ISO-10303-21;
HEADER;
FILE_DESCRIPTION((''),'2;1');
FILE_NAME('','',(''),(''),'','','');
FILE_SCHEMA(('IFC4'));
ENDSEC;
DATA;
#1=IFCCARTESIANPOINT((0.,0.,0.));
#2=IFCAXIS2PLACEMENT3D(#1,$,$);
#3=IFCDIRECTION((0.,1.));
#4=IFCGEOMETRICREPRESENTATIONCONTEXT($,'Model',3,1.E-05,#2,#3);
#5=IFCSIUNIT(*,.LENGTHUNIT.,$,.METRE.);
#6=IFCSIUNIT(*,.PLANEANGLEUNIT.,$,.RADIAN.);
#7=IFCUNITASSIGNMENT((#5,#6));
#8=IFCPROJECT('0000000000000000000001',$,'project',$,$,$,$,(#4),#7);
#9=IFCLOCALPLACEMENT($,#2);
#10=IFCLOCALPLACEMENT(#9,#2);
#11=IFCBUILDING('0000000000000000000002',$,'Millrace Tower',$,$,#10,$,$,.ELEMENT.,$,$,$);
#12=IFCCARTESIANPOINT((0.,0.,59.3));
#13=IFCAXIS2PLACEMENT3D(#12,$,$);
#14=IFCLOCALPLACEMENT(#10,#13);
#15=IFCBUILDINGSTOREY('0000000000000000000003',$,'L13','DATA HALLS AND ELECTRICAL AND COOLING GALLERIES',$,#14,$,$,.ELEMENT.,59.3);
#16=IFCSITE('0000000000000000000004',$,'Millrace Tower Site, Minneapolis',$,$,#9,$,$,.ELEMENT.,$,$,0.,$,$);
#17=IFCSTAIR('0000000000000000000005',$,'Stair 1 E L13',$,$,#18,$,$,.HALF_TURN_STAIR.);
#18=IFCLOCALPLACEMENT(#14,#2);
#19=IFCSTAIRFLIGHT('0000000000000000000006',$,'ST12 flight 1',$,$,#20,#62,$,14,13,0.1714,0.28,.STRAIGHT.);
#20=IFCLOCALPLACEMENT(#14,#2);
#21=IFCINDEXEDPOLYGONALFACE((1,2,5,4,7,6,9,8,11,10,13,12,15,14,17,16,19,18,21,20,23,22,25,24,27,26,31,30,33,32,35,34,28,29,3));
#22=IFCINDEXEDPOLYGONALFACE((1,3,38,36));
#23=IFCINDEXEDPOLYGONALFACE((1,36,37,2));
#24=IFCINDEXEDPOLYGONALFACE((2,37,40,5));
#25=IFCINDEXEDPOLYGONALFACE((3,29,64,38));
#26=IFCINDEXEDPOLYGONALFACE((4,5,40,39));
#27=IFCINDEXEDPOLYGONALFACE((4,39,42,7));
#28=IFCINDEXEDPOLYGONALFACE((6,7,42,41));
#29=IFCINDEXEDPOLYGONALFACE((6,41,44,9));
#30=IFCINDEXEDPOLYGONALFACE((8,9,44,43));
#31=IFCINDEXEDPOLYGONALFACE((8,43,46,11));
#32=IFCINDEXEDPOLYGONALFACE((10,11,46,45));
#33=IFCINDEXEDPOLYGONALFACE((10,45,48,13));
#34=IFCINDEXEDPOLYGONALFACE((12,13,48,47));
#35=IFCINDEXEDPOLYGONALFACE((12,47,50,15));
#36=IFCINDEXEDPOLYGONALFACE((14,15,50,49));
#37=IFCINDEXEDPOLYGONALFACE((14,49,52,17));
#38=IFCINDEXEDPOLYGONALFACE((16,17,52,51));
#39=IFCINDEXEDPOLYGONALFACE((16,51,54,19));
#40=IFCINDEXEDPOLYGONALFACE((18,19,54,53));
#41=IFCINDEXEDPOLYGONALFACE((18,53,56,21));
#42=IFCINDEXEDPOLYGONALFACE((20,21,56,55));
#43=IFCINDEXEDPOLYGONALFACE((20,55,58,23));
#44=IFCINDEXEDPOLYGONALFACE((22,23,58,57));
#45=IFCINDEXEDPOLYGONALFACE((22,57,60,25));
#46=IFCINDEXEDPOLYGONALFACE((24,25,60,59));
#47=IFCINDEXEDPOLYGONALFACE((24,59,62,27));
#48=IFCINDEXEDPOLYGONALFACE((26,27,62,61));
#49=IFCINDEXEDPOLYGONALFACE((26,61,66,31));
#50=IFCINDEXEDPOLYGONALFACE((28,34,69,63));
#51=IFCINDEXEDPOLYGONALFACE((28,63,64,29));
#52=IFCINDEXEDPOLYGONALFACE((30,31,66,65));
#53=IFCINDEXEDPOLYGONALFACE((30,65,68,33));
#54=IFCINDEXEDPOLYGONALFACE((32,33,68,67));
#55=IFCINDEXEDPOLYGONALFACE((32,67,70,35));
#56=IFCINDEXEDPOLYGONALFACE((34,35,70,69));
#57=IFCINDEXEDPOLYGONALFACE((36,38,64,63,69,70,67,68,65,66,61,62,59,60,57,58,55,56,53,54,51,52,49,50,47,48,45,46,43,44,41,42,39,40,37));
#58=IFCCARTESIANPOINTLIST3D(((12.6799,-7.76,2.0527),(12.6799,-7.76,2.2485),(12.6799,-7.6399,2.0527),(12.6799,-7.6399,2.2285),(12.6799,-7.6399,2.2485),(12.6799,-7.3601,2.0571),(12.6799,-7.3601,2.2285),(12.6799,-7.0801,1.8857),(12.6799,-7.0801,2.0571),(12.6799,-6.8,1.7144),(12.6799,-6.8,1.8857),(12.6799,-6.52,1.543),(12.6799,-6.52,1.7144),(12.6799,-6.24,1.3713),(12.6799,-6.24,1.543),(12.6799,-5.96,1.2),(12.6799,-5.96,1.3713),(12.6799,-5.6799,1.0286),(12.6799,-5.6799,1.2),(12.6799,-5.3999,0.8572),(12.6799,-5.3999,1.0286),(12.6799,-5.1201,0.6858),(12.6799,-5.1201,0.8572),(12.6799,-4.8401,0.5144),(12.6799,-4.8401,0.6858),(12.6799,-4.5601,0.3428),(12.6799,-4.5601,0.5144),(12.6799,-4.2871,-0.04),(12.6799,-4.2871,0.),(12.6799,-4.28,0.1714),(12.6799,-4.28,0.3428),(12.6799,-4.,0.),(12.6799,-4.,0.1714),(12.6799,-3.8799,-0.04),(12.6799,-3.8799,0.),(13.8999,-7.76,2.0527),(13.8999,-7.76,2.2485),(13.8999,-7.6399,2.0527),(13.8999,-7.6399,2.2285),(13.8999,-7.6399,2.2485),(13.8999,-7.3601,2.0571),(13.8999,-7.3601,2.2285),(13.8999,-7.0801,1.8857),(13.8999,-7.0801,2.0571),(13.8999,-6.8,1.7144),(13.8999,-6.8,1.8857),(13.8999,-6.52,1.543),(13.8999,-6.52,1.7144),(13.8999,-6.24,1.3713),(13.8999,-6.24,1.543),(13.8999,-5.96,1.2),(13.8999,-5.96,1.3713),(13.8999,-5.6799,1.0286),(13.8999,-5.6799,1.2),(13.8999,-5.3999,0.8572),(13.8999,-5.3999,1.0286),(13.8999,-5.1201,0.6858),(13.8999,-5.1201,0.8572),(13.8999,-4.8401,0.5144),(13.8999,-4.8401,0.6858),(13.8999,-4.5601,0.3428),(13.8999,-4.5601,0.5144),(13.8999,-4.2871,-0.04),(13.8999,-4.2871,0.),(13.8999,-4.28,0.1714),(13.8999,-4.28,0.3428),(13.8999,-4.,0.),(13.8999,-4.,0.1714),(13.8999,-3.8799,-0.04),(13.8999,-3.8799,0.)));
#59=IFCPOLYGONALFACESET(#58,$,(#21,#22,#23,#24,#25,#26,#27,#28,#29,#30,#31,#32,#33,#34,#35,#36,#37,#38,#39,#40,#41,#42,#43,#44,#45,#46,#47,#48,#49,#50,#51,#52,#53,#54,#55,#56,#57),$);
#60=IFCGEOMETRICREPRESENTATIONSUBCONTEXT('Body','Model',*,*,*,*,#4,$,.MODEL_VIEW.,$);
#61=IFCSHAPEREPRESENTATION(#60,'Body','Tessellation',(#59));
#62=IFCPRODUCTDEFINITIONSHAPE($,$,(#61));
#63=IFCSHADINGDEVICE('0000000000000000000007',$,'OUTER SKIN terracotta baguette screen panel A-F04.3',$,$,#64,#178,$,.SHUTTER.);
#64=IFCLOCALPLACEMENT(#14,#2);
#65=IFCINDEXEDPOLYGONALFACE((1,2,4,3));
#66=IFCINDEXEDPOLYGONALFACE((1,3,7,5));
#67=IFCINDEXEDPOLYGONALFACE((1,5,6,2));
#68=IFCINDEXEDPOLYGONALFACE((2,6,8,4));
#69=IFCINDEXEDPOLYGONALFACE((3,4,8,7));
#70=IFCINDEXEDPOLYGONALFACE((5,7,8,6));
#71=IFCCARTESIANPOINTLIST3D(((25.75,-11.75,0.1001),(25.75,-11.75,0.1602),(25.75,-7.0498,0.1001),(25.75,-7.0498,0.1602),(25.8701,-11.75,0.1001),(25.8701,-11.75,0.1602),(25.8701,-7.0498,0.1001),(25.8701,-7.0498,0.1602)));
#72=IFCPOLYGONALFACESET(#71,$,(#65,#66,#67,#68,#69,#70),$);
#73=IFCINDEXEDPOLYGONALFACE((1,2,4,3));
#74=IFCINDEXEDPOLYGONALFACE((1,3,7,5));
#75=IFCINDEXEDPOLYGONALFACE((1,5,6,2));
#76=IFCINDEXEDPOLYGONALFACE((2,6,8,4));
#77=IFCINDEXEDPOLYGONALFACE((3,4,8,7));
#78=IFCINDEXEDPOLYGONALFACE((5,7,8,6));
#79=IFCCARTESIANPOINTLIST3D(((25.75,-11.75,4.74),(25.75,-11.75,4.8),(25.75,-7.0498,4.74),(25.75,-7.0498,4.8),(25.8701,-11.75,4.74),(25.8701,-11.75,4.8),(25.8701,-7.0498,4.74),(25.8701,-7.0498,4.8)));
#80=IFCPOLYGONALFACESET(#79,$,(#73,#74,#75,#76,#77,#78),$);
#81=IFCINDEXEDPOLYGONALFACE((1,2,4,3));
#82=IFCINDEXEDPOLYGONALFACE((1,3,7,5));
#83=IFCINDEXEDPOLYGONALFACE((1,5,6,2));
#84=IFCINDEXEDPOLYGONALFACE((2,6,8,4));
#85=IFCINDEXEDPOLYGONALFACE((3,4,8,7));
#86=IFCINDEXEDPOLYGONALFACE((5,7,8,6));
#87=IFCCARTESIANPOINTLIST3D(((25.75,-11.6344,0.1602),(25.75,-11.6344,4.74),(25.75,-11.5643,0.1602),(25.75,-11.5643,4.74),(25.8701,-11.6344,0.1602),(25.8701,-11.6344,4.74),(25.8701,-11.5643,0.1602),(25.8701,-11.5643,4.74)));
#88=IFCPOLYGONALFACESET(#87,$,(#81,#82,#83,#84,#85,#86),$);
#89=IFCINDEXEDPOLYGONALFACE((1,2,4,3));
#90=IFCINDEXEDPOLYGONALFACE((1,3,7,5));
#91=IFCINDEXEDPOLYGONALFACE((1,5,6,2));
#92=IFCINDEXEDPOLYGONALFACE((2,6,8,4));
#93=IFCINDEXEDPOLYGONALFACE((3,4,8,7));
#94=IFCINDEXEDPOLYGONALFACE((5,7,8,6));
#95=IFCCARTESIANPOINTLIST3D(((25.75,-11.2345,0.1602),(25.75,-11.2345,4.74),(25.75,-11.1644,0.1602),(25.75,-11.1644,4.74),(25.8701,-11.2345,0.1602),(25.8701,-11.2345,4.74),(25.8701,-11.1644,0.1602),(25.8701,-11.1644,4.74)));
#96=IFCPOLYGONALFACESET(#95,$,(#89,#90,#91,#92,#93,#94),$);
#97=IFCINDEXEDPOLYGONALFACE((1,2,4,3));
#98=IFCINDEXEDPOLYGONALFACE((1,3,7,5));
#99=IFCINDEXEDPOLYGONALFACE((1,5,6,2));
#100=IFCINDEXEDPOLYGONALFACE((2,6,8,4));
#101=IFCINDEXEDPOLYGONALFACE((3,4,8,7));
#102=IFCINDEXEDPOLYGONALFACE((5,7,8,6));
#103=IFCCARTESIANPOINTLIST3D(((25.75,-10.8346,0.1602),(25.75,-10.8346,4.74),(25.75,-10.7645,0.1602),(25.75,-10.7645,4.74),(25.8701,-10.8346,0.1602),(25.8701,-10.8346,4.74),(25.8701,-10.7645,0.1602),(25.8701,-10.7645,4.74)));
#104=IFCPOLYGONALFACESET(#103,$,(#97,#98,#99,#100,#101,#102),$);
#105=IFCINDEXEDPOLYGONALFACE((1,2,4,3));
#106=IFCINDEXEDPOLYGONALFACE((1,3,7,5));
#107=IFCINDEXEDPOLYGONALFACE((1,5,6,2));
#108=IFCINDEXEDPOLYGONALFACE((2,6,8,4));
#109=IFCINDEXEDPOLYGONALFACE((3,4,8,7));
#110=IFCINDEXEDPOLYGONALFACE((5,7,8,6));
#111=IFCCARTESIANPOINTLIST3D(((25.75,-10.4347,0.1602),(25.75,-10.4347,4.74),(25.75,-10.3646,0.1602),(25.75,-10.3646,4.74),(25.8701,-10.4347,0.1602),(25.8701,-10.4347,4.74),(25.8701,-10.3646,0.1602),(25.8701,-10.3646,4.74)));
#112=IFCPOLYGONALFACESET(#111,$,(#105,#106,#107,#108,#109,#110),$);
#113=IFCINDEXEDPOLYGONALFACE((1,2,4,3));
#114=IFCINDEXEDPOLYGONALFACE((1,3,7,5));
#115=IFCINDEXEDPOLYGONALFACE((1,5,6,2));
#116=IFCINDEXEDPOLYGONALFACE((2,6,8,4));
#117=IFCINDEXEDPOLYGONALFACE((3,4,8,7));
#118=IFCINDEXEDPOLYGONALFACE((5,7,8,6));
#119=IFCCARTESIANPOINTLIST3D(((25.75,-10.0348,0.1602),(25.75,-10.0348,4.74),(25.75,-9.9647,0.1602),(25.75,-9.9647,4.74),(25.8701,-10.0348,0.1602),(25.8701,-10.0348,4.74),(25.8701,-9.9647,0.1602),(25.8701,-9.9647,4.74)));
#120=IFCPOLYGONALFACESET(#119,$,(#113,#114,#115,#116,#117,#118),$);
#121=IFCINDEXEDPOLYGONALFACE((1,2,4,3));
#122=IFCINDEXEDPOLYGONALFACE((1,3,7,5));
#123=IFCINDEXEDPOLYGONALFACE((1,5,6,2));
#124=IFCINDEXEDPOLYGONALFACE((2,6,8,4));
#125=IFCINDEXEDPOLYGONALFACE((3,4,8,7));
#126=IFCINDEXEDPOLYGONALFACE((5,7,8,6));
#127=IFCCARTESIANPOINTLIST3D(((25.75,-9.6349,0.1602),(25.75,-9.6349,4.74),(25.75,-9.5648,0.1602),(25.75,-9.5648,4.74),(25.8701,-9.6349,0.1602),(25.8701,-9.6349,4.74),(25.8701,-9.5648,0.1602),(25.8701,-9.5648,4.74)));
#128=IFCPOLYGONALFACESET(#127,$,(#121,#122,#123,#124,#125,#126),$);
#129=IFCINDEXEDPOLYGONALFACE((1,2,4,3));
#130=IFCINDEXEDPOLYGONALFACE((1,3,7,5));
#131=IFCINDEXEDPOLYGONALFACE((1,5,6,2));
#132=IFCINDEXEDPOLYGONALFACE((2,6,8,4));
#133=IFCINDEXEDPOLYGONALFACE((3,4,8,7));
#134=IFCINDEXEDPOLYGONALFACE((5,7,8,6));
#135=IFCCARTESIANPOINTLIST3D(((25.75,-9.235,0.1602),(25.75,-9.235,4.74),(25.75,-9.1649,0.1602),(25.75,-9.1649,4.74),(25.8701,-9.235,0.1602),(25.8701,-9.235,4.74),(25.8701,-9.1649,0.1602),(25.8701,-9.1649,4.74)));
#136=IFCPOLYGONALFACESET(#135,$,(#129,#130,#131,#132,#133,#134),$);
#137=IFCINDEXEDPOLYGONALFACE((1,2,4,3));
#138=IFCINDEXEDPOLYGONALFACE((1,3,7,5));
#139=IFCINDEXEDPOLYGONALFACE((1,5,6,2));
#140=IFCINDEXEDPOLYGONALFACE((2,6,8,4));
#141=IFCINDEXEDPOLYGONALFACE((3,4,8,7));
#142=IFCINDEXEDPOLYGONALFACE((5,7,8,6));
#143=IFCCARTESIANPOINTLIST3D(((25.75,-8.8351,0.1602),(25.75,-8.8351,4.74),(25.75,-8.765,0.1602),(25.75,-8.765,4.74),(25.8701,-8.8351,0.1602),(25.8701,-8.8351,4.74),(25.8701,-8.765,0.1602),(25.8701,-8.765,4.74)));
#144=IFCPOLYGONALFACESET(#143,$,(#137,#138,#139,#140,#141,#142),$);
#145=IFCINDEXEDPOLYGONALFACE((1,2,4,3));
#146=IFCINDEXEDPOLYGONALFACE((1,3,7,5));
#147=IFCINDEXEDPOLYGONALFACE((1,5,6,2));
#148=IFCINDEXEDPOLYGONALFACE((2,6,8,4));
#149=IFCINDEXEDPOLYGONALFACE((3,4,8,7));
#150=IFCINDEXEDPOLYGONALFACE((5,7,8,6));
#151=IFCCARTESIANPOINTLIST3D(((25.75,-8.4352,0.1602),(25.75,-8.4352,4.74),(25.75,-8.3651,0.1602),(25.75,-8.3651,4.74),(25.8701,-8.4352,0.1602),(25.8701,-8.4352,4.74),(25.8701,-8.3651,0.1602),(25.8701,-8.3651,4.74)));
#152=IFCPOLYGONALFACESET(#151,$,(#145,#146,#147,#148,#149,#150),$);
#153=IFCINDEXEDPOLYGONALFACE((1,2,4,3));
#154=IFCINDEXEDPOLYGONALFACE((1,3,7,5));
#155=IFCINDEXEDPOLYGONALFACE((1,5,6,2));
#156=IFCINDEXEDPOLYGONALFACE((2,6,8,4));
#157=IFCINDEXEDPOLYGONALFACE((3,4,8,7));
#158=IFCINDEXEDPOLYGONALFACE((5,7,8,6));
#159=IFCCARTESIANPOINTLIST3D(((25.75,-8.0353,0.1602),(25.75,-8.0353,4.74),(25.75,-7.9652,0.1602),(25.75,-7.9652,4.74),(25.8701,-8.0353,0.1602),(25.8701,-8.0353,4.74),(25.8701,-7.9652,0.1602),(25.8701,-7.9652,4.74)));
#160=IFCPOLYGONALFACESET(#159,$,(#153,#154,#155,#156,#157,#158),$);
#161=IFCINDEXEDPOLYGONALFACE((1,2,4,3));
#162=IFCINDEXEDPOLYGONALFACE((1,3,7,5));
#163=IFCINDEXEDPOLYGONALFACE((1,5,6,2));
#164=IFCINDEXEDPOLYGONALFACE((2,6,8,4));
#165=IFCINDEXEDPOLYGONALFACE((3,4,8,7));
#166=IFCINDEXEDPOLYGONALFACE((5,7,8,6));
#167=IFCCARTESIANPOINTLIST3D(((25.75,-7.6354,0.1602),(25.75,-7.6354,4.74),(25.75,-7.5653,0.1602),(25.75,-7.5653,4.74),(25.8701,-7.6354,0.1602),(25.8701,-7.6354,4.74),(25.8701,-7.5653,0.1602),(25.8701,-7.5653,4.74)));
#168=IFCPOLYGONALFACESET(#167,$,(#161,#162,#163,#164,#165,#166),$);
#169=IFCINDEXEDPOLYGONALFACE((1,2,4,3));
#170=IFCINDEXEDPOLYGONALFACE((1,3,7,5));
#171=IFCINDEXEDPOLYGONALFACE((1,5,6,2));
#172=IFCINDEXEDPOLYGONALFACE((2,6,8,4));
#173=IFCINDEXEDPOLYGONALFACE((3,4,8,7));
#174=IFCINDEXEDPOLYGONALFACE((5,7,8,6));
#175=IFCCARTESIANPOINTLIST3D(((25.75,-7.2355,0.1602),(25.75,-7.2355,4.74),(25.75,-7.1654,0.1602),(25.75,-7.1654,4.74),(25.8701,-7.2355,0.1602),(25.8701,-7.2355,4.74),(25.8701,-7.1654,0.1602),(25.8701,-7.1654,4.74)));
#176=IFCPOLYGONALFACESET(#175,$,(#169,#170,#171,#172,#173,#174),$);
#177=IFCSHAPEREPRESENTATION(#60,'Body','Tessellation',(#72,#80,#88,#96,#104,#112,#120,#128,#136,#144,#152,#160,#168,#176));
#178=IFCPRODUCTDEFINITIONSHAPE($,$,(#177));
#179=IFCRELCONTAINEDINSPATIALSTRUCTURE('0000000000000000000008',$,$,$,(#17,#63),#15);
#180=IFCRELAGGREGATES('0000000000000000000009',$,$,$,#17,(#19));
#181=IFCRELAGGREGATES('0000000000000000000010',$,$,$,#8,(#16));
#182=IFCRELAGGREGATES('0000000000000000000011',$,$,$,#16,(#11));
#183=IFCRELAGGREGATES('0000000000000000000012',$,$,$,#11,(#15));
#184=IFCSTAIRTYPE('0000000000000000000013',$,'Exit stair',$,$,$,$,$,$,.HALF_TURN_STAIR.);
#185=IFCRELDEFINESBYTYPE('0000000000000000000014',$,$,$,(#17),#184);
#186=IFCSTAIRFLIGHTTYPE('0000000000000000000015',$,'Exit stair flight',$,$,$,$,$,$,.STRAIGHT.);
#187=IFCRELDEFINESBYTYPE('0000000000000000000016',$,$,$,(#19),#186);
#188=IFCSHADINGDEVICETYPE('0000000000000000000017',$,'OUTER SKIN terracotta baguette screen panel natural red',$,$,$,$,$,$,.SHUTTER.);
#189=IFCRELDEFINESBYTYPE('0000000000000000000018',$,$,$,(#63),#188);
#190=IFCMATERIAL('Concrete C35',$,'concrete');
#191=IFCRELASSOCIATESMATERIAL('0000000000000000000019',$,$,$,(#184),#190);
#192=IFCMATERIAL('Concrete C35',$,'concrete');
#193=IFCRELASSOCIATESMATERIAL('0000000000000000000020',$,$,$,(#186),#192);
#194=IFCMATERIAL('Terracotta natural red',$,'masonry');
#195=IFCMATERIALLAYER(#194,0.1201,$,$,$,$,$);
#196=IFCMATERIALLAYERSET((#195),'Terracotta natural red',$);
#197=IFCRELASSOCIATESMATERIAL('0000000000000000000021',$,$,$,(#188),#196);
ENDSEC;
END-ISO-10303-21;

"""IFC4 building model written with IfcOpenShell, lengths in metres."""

from ifc_helpers import new_model, entity, si_unit, direction, frame, frame_2d, origin, place, context, subcontext, project, spatial, polyline, rectangle, outline, extrude, source, transform, mapped, material, layer, layer_set, type_object, element, aggregate, save


model = new_model("IFC4")

# Units and contexts
model_context = context("Model", 3, precision=1e-05, world=origin(), true_north=direction((0.0, 1.0)))
body_context = subcontext(model_context, "Body", "Model", "MODEL_VIEW")
ifc_project = project(units=[si_unit("LENGTHUNIT", "METRE"), si_unit("PLANEANGLEUNIT", "RADIAN")], contexts=[model_context])

# Site, building, storey
site_placement = place(None, origin())
site = spatial("IfcSite", under=ifc_project, at=site_placement, Name="Millrace Tower Site, Minneapolis", CompositionType="ELEMENT", RefElevation=0.0)
building_placement = place(site_placement, origin())
building = spatial("IfcBuilding", under=site, at=building_placement, Name="Millrace Tower", CompositionType="ELEMENT")
storey_placement = place(building_placement, frame((0.0, 0.0, 59.3)))
storey = spatial("IfcBuildingStorey", under=building, at=storey_placement, Name="L13", Description="DATA HALLS AND ELECTRICAL AND COOLING GALLERIES", CompositionType="ELEMENT", Elevation=59.3)

# Shared definitions
placement = place(storey_placement, origin())

# Stair, stair flight
ifc_material_1 = material(Name="Concrete C35", Category="concrete")
stair_type = type_object("IfcStairType", Name="Exit stair", PredefinedType="HALF_TURN_STAIR", material=ifc_material_1)
stair = element("IfcStair", 1, at=placement, inside=storey, type_object=stair_type, Name="Stair 1 E L13", PredefinedType="HALF_TURN_STAIR")
ifc_material_2 = material(Name="Concrete C35", Category="concrete")
stair_flight_type = type_object("IfcStairFlightType", Name="Exit stair flight", PredefinedType="STRAIGHT", material=ifc_material_2)
stair_flight_placement = place(storey_placement, frame((13.29, -4.0, 0.0), z_axis=(0.0, 0.0, 1.0), x_axis=(0.0, -1.0, 0.0)))
stair_flight = element("IfcStairFlight", 2, at=stair_flight_placement, type_object=stair_flight_type, Name="ST12 flight 1", NumberOfRisers=14, NumberOfTreads=13, PredefinedType="STRAIGHT", RiserHeight=0.1714, TreadLength=0.28, context=body_context, shape_type="SweptSolid", body=[
    extrude(outline(polyline([(-0.1201, -0.04), (-0.1201, 0.0), (0.0, 0.0), (0.0, 0.1714), (0.28, 0.1714), (0.28, 0.3428), (0.5601, 0.3428), (0.5601, 0.5144), (0.8401, 0.5144), (0.8401, 0.6858), (1.1201, 0.6858), (1.1201, 0.8572), (1.3999, 0.8572), (1.3999, 1.0286), (1.6799, 1.0286), (1.6799, 1.2), (1.96, 1.2), (1.96, 1.3713), (2.24, 1.3713), (2.24, 1.543), (2.52, 1.543), (2.52, 1.7144), (2.8, 1.7144), (2.8, 1.8857), (3.0801, 1.8857), (3.0801, 2.0571), (3.3601, 2.0571), (3.3601, 2.2285), (3.6399, 2.2285), (3.6399, 2.2485), (3.76, 2.2485), (3.76, 2.0527), (3.6399, 2.0527), (0.2871, 0.0), (0.2871, -0.04), (-0.1201, -0.04)])), frame((0.0, 0.6099, 0.0), z_axis=(0.0, -1.0, 0.0), x_axis=(1.0, 0.0, 0.0)), (0.0, 0.0, 1.0), 1.22),
])
aggregate(stair, [stair_flight])

# Shading device
cartesian_point = entity("IfcCartesianPoint", [-2.3501, 0.0601])
shared_polyline = entity("IfcPolyline", [cartesian_point, entity("IfcCartesianPoint", [2.3501, 0.0601]), entity("IfcCartesianPoint", [2.3501, -0.0601]), entity("IfcCartesianPoint", [-2.3501, -0.0601]), cartesian_point])
ifc_material_3 = material(Name="Terracotta natural red", Category="masonry")
ifc_layer_1 = layer(ifc_material_3, 0.1201)
ifc_layer_set_1 = layer_set([ifc_layer_1], Name="Terracotta natural red")
shading_device_type_1 = type_object("IfcShadingDeviceType", Name="OUTER SKIN terracotta baguette screen panel natural red", PredefinedType="SHUTTER", material=ifc_layer_set_1)
shared_shape_1 = source(origin(), body_context, "Body", "SweptSolid", [
    entity("IfcExtrudedAreaSolid", entity("IfcArbitraryClosedProfileDef", "AREA", None, shared_polyline), entity("IfcAxis2Placement3D", entity("IfcCartesianPoint", [0.0, 0.0, 0.0])), entity("IfcDirection", [0.0, 0.0, 1.0]), 0.0601),
    entity("IfcExtrudedAreaSolid", entity("IfcArbitraryClosedProfileDef", "AREA", None, shared_polyline), entity("IfcAxis2Placement3D", entity("IfcCartesianPoint", [0.0, 0.0, 4.6399])), entity("IfcDirection", [0.0, 0.0, 1.0]), 0.0601),
    extrude(rectangle(XDim=0.0701, YDim=0.1201, at=frame_2d((-2.1995, 0.0))), frame((0.0, 0.0, 0.0601)), (0.0, 0.0, 1.0), 4.5798),
    extrude(rectangle(XDim=0.0701, YDim=0.1201, at=frame_2d((-1.7996, 0.0))), frame((0.0, 0.0, 0.0601)), (0.0, 0.0, 1.0), 4.5798),
    extrude(rectangle(XDim=0.0701, YDim=0.1201, at=frame_2d((-1.3997, 0.0))), frame((0.0, 0.0, 0.0601)), (0.0, 0.0, 1.0), 4.5798),
    extrude(rectangle(XDim=0.0701, YDim=0.1201, at=frame_2d((-0.9998, 0.0))), frame((0.0, 0.0, 0.0601)), (0.0, 0.0, 1.0), 4.5798),
    extrude(rectangle(XDim=0.0701, YDim=0.1201, at=frame_2d((-0.5999, 0.0))), frame((0.0, 0.0, 0.0601)), (0.0, 0.0, 1.0), 4.5798),
    extrude(rectangle(XDim=0.0701, YDim=0.1201, at=frame_2d((-0.2, 0.0))), frame((0.0, 0.0, 0.0601)), (0.0, 0.0, 1.0), 4.5798),
    extrude(rectangle(XDim=0.0701, YDim=0.1201, at=frame_2d((0.2, 0.0))), frame((0.0, 0.0, 0.0601)), (0.0, 0.0, 1.0), 4.5798),
    extrude(rectangle(XDim=0.0701, YDim=0.1201, at=frame_2d((0.5999, 0.0))), frame((0.0, 0.0, 0.0601)), (0.0, 0.0, 1.0), 4.5798),
    extrude(rectangle(XDim=0.0701, YDim=0.1201, at=frame_2d((0.9998, 0.0))), frame((0.0, 0.0, 0.0601)), (0.0, 0.0, 1.0), 4.5798),
    extrude(rectangle(XDim=0.0701, YDim=0.1201, at=frame_2d((1.3997, 0.0))), frame((0.0, 0.0, 0.0601)), (0.0, 0.0, 1.0), 4.5798),
    extrude(rectangle(XDim=0.0701, YDim=0.1201, at=frame_2d((1.7996, 0.0))), frame((0.0, 0.0, 0.0601)), (0.0, 0.0, 1.0), 4.5798),
    extrude(rectangle(XDim=0.0701, YDim=0.1201, at=frame_2d((2.1995, 0.0))), frame((0.0, 0.0, 0.0601)), (0.0, 0.0, 1.0), 4.5798),
])
for number, where, z_axis, x_axis, name in (
    (3, (25.8101, -9.3999, 0.1001), (0.0, 0.0, 1.0), (0.0, 1.0, 0.0), "OUTER SKIN terracotta baguette screen panel A-F04.3"),
):
    element("IfcShadingDevice", number, at=place(storey_placement, frame(where, z_axis=z_axis, x_axis=x_axis)), inside=storey, type_object=shading_device_type_1, Name=name, PredefinedType="SHUTTER", context=body_context, shape_type="MappedRepresentation", body=[
        mapped(shared_shape_1, transform((0.0, 0.0, 0.0), scale=1.0)),
    ])

save(model, "model.ifc")
